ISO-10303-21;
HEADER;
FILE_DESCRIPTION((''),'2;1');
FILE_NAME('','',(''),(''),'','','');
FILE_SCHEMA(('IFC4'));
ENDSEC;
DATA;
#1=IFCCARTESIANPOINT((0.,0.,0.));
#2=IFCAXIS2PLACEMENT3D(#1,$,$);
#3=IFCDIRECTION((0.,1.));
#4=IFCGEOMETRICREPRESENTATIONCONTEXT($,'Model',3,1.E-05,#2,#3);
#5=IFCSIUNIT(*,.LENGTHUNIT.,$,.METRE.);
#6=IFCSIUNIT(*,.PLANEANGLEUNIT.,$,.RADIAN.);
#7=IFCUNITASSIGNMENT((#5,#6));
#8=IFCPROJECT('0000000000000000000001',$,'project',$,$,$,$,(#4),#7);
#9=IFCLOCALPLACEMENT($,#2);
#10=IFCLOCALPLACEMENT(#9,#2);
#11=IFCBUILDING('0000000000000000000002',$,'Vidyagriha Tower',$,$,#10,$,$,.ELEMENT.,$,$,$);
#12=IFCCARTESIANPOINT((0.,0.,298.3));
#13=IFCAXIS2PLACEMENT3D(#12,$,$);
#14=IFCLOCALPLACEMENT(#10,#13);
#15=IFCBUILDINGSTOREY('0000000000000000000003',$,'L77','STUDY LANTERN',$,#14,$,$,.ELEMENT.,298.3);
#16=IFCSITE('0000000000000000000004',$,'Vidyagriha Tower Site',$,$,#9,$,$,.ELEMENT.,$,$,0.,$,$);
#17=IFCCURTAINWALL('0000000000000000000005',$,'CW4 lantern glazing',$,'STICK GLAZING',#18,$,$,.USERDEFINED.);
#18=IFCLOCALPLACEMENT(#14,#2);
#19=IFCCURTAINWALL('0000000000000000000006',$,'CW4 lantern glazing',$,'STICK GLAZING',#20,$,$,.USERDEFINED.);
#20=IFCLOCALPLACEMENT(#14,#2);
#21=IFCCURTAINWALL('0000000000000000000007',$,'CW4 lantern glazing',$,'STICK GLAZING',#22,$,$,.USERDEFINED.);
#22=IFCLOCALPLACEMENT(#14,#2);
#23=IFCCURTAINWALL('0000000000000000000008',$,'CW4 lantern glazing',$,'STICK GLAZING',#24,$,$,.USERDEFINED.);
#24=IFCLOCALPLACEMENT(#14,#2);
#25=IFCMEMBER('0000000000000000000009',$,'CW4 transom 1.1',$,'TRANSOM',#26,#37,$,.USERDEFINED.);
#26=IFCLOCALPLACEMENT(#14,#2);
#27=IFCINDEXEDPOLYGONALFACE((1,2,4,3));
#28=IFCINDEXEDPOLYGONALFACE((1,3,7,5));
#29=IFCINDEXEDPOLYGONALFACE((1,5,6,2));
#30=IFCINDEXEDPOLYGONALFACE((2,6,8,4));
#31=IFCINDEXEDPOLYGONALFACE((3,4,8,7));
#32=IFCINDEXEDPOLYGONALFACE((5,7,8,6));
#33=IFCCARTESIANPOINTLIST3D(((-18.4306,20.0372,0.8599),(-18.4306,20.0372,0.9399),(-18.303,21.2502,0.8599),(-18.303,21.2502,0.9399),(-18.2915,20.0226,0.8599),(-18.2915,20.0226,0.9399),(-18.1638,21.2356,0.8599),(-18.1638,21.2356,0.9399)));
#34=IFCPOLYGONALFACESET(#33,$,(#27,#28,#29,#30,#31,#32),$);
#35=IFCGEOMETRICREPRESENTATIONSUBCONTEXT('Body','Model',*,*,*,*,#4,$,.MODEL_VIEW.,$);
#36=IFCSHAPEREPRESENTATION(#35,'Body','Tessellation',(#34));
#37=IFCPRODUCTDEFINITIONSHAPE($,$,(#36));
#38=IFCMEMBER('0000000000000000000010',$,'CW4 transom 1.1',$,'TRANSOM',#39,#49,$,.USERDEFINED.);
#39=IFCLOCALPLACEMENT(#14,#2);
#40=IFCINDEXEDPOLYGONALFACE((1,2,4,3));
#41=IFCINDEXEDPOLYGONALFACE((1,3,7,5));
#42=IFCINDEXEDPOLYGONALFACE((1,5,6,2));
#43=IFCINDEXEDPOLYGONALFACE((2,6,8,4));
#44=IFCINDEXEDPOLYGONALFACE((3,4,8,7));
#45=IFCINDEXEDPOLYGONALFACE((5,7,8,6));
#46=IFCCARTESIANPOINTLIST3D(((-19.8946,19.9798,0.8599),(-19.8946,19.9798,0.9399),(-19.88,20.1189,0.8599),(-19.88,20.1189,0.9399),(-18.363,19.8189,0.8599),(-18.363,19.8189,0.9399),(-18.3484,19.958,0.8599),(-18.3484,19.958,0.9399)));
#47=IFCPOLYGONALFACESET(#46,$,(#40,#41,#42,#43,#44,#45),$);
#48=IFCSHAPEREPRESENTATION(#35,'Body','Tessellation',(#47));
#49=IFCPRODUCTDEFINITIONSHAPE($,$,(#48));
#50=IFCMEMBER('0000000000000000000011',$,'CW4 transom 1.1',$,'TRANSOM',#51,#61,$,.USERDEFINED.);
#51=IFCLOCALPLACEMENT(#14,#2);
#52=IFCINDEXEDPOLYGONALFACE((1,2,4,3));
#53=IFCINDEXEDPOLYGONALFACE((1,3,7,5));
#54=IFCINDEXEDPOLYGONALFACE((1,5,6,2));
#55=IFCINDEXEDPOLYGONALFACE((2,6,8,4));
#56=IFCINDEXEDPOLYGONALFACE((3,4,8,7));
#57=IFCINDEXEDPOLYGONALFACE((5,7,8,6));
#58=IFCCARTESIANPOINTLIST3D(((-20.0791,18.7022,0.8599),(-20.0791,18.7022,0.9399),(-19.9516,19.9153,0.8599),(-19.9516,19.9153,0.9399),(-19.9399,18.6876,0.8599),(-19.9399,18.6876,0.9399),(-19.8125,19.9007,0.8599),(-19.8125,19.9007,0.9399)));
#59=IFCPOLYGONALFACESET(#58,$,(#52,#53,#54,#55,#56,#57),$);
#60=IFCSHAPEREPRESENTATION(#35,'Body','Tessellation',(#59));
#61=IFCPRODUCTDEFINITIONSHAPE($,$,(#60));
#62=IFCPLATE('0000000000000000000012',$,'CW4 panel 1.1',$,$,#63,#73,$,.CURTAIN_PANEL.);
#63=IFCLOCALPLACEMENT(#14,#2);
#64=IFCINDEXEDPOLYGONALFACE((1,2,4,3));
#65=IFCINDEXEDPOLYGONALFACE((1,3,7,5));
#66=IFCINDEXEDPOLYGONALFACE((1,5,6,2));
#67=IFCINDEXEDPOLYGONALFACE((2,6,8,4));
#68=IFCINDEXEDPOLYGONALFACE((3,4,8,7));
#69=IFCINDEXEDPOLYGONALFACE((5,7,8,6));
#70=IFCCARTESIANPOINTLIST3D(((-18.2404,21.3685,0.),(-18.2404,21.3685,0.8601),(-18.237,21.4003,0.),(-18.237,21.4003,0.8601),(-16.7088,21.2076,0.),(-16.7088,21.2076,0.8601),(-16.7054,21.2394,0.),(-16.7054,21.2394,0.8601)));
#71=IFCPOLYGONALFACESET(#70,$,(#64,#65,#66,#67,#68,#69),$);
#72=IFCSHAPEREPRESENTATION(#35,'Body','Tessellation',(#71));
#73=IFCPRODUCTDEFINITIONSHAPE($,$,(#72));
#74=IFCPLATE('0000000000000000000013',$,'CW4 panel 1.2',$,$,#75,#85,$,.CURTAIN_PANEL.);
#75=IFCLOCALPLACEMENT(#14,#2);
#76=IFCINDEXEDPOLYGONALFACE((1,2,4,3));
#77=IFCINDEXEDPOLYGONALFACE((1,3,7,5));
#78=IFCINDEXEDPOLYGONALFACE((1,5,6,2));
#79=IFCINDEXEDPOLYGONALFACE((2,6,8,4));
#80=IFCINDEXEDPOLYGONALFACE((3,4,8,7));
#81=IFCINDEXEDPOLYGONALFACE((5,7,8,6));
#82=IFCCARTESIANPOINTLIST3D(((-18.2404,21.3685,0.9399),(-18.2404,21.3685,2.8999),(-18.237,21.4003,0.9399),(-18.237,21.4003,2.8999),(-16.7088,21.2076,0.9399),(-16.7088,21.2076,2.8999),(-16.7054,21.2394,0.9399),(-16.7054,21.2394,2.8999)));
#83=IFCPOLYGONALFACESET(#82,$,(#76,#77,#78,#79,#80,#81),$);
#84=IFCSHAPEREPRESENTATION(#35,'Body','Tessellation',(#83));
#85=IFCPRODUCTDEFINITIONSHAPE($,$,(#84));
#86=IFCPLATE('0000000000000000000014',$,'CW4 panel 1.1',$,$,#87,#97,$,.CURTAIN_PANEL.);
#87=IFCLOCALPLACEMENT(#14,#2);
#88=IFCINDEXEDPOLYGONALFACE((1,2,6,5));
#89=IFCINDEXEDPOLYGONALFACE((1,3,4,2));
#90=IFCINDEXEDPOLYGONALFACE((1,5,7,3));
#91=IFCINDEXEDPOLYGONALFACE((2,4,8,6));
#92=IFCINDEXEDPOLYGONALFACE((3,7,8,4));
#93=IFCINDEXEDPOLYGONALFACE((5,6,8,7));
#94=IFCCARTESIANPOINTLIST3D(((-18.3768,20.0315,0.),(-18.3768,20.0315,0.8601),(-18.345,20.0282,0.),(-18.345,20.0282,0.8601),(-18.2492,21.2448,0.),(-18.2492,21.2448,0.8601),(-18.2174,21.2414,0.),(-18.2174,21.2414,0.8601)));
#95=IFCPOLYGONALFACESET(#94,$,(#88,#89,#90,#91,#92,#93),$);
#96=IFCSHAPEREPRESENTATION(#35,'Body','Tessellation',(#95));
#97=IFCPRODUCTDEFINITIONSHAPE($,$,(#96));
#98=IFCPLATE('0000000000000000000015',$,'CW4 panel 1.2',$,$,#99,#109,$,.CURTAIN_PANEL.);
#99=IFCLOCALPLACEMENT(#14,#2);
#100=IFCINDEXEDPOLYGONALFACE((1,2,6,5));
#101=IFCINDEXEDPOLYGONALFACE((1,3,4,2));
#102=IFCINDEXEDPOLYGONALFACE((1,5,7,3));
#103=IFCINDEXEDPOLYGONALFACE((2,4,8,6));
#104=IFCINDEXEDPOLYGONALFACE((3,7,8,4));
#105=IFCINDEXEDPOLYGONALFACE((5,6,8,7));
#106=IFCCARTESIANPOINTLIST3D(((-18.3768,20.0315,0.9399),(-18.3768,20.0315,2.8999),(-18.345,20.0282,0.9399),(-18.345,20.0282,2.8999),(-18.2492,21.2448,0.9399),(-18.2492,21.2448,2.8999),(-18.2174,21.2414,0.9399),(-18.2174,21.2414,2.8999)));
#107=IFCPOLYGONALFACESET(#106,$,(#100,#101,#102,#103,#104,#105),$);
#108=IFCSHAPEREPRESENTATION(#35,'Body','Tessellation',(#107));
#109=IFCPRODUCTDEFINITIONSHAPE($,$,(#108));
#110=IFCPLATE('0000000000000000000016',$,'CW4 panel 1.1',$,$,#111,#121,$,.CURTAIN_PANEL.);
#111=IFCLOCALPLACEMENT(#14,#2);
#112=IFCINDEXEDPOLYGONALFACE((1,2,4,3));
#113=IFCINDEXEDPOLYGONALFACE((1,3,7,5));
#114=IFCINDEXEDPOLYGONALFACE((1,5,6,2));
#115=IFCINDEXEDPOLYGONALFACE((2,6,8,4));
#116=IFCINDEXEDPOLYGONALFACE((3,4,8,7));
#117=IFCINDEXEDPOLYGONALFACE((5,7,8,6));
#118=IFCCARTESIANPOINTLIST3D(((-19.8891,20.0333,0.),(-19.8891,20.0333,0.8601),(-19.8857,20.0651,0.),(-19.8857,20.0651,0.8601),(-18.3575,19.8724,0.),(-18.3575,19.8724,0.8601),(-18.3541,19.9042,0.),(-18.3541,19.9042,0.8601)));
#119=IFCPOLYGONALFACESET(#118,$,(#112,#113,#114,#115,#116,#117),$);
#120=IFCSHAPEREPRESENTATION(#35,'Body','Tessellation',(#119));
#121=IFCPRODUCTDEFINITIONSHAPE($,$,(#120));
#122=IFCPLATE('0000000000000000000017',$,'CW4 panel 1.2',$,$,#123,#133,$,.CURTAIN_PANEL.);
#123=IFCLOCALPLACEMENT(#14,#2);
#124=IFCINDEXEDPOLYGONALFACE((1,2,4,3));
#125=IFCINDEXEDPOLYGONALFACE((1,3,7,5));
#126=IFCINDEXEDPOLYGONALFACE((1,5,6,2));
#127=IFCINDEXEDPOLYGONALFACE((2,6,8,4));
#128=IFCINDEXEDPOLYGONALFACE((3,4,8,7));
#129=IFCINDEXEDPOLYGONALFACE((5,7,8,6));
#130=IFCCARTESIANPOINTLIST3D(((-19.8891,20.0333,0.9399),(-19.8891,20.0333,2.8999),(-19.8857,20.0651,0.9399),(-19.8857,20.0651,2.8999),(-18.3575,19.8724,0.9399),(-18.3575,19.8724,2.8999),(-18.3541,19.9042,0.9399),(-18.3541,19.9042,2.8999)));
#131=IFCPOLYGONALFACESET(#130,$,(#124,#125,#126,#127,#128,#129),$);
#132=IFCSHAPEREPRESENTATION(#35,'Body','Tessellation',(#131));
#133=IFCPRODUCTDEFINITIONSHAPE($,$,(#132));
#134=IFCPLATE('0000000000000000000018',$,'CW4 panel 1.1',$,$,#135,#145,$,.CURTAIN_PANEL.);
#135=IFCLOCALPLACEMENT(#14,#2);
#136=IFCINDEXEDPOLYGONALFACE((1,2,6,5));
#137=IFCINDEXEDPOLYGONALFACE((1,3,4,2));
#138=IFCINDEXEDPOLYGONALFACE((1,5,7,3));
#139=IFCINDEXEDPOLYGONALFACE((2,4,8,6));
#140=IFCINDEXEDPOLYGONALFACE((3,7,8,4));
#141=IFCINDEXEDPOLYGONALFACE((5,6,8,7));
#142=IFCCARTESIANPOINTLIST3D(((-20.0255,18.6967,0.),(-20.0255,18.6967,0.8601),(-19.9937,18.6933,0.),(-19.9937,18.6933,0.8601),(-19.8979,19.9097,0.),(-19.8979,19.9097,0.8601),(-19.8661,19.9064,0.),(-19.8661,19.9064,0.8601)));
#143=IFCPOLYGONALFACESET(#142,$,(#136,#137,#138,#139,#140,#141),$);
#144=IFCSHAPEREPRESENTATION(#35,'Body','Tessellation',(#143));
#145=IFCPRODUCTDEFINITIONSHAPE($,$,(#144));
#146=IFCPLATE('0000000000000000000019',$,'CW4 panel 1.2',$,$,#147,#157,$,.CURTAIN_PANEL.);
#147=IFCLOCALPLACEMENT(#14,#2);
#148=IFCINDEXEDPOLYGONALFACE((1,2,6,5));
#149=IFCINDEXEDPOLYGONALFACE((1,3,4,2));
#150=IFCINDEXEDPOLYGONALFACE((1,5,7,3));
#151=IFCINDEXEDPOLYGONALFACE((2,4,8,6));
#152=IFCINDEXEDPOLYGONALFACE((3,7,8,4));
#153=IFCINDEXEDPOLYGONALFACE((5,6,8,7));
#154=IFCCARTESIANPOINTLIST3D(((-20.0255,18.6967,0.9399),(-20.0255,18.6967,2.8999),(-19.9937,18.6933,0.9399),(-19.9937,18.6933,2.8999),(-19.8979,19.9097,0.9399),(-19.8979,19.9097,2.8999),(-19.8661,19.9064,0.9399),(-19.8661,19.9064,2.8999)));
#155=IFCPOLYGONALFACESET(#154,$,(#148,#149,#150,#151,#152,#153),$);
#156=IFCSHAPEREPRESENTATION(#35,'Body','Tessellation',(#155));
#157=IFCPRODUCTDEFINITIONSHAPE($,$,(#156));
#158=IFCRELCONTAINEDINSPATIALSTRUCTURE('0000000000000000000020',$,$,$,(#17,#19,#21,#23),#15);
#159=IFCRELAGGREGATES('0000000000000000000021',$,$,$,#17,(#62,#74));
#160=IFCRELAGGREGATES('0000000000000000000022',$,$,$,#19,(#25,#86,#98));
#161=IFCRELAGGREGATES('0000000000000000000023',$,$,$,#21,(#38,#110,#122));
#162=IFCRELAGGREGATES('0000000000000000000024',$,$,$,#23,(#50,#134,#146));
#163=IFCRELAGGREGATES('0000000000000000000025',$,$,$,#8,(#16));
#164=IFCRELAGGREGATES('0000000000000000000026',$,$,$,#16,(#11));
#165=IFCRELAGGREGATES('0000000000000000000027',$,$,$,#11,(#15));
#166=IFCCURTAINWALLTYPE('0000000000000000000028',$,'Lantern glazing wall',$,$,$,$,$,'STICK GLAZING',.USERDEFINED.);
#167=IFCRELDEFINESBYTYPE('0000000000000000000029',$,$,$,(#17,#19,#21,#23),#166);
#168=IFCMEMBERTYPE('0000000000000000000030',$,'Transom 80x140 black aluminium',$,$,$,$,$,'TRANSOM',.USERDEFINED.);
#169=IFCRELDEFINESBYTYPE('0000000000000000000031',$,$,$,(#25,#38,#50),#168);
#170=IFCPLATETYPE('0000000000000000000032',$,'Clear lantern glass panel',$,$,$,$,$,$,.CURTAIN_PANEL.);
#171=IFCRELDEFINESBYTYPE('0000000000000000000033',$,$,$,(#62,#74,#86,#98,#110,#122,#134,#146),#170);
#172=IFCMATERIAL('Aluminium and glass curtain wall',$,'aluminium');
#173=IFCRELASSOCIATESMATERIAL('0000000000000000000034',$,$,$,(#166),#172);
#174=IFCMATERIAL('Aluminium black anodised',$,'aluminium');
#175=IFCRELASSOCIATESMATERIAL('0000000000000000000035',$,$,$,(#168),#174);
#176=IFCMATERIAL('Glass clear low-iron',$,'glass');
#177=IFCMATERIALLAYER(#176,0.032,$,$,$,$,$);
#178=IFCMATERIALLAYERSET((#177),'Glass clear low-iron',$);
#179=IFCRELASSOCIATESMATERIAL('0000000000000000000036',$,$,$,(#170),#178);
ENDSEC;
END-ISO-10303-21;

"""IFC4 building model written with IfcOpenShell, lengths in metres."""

from ifc_helpers import new_model, si_unit, direction, frame, origin, origin_2d, place, context, subcontext, project, spatial, rectangle, extrude, material, layer, layer_set, material_profile, profile_set, type_object, element, aggregate, save


model = new_model("IFC4")

# Units and contexts
model_context = context("Model", 3, precision=1e-05, world=origin(), true_north=direction((0.0, 1.0)))
body_context = subcontext(model_context, "Body", "Model", "MODEL_VIEW")
ifc_project = project(units=[si_unit("LENGTHUNIT", "METRE"), si_unit("PLANEANGLEUNIT", "RADIAN")], contexts=[model_context])

# Site, building, storey
site_placement = place(None, origin())
site = spatial("IfcSite", under=ifc_project, at=site_placement, Name="Vidyagriha Tower Site", CompositionType="ELEMENT", RefElevation=0.0)
building_placement = place(site_placement, origin())
building = spatial("IfcBuilding", under=site, at=building_placement, Name="Vidyagriha Tower", CompositionType="ELEMENT")
storey_placement = place(building_placement, frame((0.0, 0.0, 298.3)))
storey = spatial("IfcBuildingStorey", under=building, at=storey_placement, Name="L77", Description="STUDY LANTERN", CompositionType="ELEMENT", Elevation=298.3)

# Shared definitions
ifc_material_1 = material(Name="Aluminium and glass curtain wall", Category="aluminium")
curtain_wall_type = type_object("IfcCurtainWallType", Name="Lantern glazing wall", ElementType="STICK GLAZING", PredefinedType="USERDEFINED", material=ifc_material_1)

# Curtain walls
curtain_wall_1_placement = place(storey_placement, origin())
curtain_wall_1 = element("IfcCurtainWall", 1, at=curtain_wall_1_placement, inside=storey, type_object=curtain_wall_type, Name="CW4 lantern glazing", ObjectType="STICK GLAZING", PredefinedType="USERDEFINED")
curtain_wall_2_placement = place(storey_placement, origin())
curtain_wall_2 = element("IfcCurtainWall", 2, at=curtain_wall_2_placement, inside=storey, type_object=curtain_wall_type, Name="CW4 lantern glazing", ObjectType="STICK GLAZING", PredefinedType="USERDEFINED")
curtain_wall_3_placement = place(storey_placement, origin())
curtain_wall_3 = element("IfcCurtainWall", 3, at=curtain_wall_3_placement, inside=storey, type_object=curtain_wall_type, Name="CW4 lantern glazing", ObjectType="STICK GLAZING", PredefinedType="USERDEFINED")

# Curtain wall
curtain_wall_4_placement = place(storey_placement, origin())
curtain_wall_4 = element("IfcCurtainWall", 4, at=curtain_wall_4_placement, inside=storey, type_object=curtain_wall_type, Name="CW4 lantern glazing", ObjectType="STICK GLAZING", PredefinedType="USERDEFINED")

# Members
ifc_material_2 = material(Name="Aluminium black anodised", Category="aluminium")
ifc_material_profile_1 = material_profile(ifc_material_2, rectangle(XDim=0.1399, YDim=0.0801, at=origin_2d()), Name="Transom 80x140 black aluminium")
ifc_profile_set_1 = profile_set([ifc_material_profile_1], Name="Aluminium black anodised")
member_type_1 = type_object("IfcMemberType", Name="Transom 80x140 black aluminium", ElementType="TRANSOM", PredefinedType="USERDEFINED", material=ifc_profile_set_1)
member_1_placement = place(storey_placement, frame((-18.2334, 21.2429, 0.8999), z_axis=(-0.104674, -0.994507, 0.0), x_axis=(0.994507, -0.104674, 0.0)))
member_1 = element("IfcMember", 5, at=member_1_placement, type_object=member_type_1, Name="CW4 transom 1.1", ObjectType="TRANSOM", PredefinedType="USERDEFINED", context=body_context, shape_type="SweptSolid", body=[
    extrude(rectangle(XDim=0.1399, YDim=0.0801, at=origin_2d()), origin(), (0.0, 0.0, 1.0), 1.2197),
])
member_2_placement = place(storey_placement, frame((-18.3557, 19.8884, 0.8999), z_axis=(-0.994527, 0.104478, 0.0), x_axis=(-0.104478, -0.994527, 0.0)))
member_2 = element("IfcMember", 6, at=member_2_placement, type_object=member_type_1, Name="CW4 transom 1.1", ObjectType="TRANSOM", PredefinedType="USERDEFINED", context=body_context, shape_type="SweptSolid", body=[
    extrude(rectangle(XDim=0.1399, YDim=0.0801, at=origin_2d()), origin(), (0.0, 0.0, 1.0), 1.54),
])
member_3_placement = place(storey_placement, frame((-19.8821, 19.908, 0.8999), z_axis=(-0.104476, -0.994527, 0.0), x_axis=(0.994527, -0.104476, 0.0)))
member_3 = element("IfcMember", 7, at=member_3_placement, type_object=member_type_1, Name="CW4 transom 1.1", ObjectType="TRANSOM", PredefinedType="USERDEFINED", context=body_context, shape_type="SweptSolid", body=[
    extrude(rectangle(XDim=0.1399, YDim=0.0801, at=origin_2d()), origin(), (0.0, 0.0, 1.0), 1.2197),
])

# Plates
ifc_material_3 = material(Name="Glass clear low-iron", Category="glass")
ifc_layer = layer(ifc_material_3, 0.032)
ifc_layer_set = layer_set([ifc_layer], Name="Glass clear low-iron")
plate_type = type_object("IfcPlateType", Name="Clear lantern glass panel", PredefinedType="CURTAIN_PANEL", material=ifc_layer_set)
plate_1_placement = place(storey_placement, frame((-17.4729, 21.304, 0.0), z_axis=(0.0, 0.0, 1.0), x_axis=(-0.994523, 0.104519, 0.0)))
plate_1 = element("IfcPlate", 8, at=plate_1_placement, type_object=plate_type, Name="CW4 panel 1.1", PredefinedType="CURTAIN_PANEL", context=body_context, shape_type="SweptSolid", body=[
    extrude(rectangle(XDim=1.54, YDim=0.032, at=origin_2d()), origin(), (0.0, 0.0, 1.0), 0.8601),
])
plate_2_placement = place(storey_placement, frame((-17.4729, 21.304, 0.9399), z_axis=(0.0, 0.0, 1.0), x_axis=(-0.994523, 0.104519, 0.0)))
plate_2 = element("IfcPlate", 9, at=plate_2_placement, type_object=plate_type, Name="CW4 panel 1.2", PredefinedType="CURTAIN_PANEL", context=body_context, shape_type="SweptSolid", body=[
    extrude(rectangle(XDim=1.54, YDim=0.032, at=origin_2d()), origin(), (0.0, 0.0, 1.0), 1.96),
])
aggregate(curtain_wall_1, [plate_1, plate_2])
plate_3_placement = place(storey_placement, frame((-18.2971, 20.6365, 0.0), z_axis=(0.0, 0.0, 1.0), x_axis=(-0.104549, -0.99452, 0.0)))
plate_3 = element("IfcPlate", 10, at=plate_3_placement, type_object=plate_type, Name="CW4 panel 1.1", PredefinedType="CURTAIN_PANEL", context=body_context, shape_type="SweptSolid", body=[
    extrude(rectangle(XDim=1.22, YDim=0.032, at=origin_2d()), origin(), (0.0, 0.0, 1.0), 0.8601),
])
plate_4_placement = place(storey_placement, frame((-18.2971, 20.6365, 0.9399), z_axis=(0.0, 0.0, 1.0), x_axis=(-0.104549, -0.99452, 0.0)))
plate_4 = element("IfcPlate", 11, at=plate_4_placement, type_object=plate_type, Name="CW4 panel 1.2", PredefinedType="CURTAIN_PANEL", context=body_context, shape_type="SweptSolid", body=[
    extrude(rectangle(XDim=1.22, YDim=0.032, at=origin_2d()), origin(), (0.0, 0.0, 1.0), 1.96),
])
aggregate(curtain_wall_2, [member_1, plate_3, plate_4])
plate_5_placement = place(storey_placement, frame((-19.1216, 19.9688, 0.0), z_axis=(0.0, 0.0, 1.0), x_axis=(-0.994524, 0.104512, 0.0)))
plate_5 = element("IfcPlate", 12, at=plate_5_placement, type_object=plate_type, Name="CW4 panel 1.1", PredefinedType="CURTAIN_PANEL", context=body_context, shape_type="SweptSolid", body=[
    extrude(rectangle(XDim=1.54, YDim=0.032, at=origin_2d()), origin(), (0.0, 0.0, 1.0), 0.8601),
])
plate_6_placement = place(storey_placement, frame((-19.1216, 19.9688, 0.9399), z_axis=(0.0, 0.0, 1.0), x_axis=(-0.994524, 0.104512, 0.0)))
plate_6 = element("IfcPlate", 13, at=plate_6_placement, type_object=plate_type, Name="CW4 panel 1.2", PredefinedType="CURTAIN_PANEL", context=body_context, shape_type="SweptSolid", body=[
    extrude(rectangle(XDim=1.54, YDim=0.032, at=origin_2d()), origin(), (0.0, 0.0, 1.0), 1.96),
])
aggregate(curtain_wall_3, [member_2, plate_5, plate_6])
plate_7_placement = place(storey_placement, frame((-19.9458, 19.3015, 0.0), z_axis=(0.0, 0.0, 1.0), x_axis=(-0.104564, -0.994518, 0.0)))
plate_7 = element("IfcPlate", 14, at=plate_7_placement, type_object=plate_type, Name="CW4 panel 1.1", PredefinedType="CURTAIN_PANEL", context=body_context, shape_type="SweptSolid", body=[
    extrude(rectangle(XDim=1.2197, YDim=0.032, at=origin_2d()), origin(), (0.0, 0.0, 1.0), 0.8601),
])
plate_8_placement = place(storey_placement, frame((-19.9458, 19.3015, 0.9399), z_axis=(0.0, 0.0, 1.0), x_axis=(-0.104564, -0.994518, 0.0)))
plate_8 = element("IfcPlate", 15, at=plate_8_placement, type_object=plate_type, Name="CW4 panel 1.2", PredefinedType="CURTAIN_PANEL", context=body_context, shape_type="SweptSolid", body=[
    extrude(rectangle(XDim=1.2197, YDim=0.032, at=origin_2d()), origin(), (0.0, 0.0, 1.0), 1.96),
])
aggregate(curtain_wall_4, [member_3, plate_7, plate_8])

save(model, "model.ifc")
